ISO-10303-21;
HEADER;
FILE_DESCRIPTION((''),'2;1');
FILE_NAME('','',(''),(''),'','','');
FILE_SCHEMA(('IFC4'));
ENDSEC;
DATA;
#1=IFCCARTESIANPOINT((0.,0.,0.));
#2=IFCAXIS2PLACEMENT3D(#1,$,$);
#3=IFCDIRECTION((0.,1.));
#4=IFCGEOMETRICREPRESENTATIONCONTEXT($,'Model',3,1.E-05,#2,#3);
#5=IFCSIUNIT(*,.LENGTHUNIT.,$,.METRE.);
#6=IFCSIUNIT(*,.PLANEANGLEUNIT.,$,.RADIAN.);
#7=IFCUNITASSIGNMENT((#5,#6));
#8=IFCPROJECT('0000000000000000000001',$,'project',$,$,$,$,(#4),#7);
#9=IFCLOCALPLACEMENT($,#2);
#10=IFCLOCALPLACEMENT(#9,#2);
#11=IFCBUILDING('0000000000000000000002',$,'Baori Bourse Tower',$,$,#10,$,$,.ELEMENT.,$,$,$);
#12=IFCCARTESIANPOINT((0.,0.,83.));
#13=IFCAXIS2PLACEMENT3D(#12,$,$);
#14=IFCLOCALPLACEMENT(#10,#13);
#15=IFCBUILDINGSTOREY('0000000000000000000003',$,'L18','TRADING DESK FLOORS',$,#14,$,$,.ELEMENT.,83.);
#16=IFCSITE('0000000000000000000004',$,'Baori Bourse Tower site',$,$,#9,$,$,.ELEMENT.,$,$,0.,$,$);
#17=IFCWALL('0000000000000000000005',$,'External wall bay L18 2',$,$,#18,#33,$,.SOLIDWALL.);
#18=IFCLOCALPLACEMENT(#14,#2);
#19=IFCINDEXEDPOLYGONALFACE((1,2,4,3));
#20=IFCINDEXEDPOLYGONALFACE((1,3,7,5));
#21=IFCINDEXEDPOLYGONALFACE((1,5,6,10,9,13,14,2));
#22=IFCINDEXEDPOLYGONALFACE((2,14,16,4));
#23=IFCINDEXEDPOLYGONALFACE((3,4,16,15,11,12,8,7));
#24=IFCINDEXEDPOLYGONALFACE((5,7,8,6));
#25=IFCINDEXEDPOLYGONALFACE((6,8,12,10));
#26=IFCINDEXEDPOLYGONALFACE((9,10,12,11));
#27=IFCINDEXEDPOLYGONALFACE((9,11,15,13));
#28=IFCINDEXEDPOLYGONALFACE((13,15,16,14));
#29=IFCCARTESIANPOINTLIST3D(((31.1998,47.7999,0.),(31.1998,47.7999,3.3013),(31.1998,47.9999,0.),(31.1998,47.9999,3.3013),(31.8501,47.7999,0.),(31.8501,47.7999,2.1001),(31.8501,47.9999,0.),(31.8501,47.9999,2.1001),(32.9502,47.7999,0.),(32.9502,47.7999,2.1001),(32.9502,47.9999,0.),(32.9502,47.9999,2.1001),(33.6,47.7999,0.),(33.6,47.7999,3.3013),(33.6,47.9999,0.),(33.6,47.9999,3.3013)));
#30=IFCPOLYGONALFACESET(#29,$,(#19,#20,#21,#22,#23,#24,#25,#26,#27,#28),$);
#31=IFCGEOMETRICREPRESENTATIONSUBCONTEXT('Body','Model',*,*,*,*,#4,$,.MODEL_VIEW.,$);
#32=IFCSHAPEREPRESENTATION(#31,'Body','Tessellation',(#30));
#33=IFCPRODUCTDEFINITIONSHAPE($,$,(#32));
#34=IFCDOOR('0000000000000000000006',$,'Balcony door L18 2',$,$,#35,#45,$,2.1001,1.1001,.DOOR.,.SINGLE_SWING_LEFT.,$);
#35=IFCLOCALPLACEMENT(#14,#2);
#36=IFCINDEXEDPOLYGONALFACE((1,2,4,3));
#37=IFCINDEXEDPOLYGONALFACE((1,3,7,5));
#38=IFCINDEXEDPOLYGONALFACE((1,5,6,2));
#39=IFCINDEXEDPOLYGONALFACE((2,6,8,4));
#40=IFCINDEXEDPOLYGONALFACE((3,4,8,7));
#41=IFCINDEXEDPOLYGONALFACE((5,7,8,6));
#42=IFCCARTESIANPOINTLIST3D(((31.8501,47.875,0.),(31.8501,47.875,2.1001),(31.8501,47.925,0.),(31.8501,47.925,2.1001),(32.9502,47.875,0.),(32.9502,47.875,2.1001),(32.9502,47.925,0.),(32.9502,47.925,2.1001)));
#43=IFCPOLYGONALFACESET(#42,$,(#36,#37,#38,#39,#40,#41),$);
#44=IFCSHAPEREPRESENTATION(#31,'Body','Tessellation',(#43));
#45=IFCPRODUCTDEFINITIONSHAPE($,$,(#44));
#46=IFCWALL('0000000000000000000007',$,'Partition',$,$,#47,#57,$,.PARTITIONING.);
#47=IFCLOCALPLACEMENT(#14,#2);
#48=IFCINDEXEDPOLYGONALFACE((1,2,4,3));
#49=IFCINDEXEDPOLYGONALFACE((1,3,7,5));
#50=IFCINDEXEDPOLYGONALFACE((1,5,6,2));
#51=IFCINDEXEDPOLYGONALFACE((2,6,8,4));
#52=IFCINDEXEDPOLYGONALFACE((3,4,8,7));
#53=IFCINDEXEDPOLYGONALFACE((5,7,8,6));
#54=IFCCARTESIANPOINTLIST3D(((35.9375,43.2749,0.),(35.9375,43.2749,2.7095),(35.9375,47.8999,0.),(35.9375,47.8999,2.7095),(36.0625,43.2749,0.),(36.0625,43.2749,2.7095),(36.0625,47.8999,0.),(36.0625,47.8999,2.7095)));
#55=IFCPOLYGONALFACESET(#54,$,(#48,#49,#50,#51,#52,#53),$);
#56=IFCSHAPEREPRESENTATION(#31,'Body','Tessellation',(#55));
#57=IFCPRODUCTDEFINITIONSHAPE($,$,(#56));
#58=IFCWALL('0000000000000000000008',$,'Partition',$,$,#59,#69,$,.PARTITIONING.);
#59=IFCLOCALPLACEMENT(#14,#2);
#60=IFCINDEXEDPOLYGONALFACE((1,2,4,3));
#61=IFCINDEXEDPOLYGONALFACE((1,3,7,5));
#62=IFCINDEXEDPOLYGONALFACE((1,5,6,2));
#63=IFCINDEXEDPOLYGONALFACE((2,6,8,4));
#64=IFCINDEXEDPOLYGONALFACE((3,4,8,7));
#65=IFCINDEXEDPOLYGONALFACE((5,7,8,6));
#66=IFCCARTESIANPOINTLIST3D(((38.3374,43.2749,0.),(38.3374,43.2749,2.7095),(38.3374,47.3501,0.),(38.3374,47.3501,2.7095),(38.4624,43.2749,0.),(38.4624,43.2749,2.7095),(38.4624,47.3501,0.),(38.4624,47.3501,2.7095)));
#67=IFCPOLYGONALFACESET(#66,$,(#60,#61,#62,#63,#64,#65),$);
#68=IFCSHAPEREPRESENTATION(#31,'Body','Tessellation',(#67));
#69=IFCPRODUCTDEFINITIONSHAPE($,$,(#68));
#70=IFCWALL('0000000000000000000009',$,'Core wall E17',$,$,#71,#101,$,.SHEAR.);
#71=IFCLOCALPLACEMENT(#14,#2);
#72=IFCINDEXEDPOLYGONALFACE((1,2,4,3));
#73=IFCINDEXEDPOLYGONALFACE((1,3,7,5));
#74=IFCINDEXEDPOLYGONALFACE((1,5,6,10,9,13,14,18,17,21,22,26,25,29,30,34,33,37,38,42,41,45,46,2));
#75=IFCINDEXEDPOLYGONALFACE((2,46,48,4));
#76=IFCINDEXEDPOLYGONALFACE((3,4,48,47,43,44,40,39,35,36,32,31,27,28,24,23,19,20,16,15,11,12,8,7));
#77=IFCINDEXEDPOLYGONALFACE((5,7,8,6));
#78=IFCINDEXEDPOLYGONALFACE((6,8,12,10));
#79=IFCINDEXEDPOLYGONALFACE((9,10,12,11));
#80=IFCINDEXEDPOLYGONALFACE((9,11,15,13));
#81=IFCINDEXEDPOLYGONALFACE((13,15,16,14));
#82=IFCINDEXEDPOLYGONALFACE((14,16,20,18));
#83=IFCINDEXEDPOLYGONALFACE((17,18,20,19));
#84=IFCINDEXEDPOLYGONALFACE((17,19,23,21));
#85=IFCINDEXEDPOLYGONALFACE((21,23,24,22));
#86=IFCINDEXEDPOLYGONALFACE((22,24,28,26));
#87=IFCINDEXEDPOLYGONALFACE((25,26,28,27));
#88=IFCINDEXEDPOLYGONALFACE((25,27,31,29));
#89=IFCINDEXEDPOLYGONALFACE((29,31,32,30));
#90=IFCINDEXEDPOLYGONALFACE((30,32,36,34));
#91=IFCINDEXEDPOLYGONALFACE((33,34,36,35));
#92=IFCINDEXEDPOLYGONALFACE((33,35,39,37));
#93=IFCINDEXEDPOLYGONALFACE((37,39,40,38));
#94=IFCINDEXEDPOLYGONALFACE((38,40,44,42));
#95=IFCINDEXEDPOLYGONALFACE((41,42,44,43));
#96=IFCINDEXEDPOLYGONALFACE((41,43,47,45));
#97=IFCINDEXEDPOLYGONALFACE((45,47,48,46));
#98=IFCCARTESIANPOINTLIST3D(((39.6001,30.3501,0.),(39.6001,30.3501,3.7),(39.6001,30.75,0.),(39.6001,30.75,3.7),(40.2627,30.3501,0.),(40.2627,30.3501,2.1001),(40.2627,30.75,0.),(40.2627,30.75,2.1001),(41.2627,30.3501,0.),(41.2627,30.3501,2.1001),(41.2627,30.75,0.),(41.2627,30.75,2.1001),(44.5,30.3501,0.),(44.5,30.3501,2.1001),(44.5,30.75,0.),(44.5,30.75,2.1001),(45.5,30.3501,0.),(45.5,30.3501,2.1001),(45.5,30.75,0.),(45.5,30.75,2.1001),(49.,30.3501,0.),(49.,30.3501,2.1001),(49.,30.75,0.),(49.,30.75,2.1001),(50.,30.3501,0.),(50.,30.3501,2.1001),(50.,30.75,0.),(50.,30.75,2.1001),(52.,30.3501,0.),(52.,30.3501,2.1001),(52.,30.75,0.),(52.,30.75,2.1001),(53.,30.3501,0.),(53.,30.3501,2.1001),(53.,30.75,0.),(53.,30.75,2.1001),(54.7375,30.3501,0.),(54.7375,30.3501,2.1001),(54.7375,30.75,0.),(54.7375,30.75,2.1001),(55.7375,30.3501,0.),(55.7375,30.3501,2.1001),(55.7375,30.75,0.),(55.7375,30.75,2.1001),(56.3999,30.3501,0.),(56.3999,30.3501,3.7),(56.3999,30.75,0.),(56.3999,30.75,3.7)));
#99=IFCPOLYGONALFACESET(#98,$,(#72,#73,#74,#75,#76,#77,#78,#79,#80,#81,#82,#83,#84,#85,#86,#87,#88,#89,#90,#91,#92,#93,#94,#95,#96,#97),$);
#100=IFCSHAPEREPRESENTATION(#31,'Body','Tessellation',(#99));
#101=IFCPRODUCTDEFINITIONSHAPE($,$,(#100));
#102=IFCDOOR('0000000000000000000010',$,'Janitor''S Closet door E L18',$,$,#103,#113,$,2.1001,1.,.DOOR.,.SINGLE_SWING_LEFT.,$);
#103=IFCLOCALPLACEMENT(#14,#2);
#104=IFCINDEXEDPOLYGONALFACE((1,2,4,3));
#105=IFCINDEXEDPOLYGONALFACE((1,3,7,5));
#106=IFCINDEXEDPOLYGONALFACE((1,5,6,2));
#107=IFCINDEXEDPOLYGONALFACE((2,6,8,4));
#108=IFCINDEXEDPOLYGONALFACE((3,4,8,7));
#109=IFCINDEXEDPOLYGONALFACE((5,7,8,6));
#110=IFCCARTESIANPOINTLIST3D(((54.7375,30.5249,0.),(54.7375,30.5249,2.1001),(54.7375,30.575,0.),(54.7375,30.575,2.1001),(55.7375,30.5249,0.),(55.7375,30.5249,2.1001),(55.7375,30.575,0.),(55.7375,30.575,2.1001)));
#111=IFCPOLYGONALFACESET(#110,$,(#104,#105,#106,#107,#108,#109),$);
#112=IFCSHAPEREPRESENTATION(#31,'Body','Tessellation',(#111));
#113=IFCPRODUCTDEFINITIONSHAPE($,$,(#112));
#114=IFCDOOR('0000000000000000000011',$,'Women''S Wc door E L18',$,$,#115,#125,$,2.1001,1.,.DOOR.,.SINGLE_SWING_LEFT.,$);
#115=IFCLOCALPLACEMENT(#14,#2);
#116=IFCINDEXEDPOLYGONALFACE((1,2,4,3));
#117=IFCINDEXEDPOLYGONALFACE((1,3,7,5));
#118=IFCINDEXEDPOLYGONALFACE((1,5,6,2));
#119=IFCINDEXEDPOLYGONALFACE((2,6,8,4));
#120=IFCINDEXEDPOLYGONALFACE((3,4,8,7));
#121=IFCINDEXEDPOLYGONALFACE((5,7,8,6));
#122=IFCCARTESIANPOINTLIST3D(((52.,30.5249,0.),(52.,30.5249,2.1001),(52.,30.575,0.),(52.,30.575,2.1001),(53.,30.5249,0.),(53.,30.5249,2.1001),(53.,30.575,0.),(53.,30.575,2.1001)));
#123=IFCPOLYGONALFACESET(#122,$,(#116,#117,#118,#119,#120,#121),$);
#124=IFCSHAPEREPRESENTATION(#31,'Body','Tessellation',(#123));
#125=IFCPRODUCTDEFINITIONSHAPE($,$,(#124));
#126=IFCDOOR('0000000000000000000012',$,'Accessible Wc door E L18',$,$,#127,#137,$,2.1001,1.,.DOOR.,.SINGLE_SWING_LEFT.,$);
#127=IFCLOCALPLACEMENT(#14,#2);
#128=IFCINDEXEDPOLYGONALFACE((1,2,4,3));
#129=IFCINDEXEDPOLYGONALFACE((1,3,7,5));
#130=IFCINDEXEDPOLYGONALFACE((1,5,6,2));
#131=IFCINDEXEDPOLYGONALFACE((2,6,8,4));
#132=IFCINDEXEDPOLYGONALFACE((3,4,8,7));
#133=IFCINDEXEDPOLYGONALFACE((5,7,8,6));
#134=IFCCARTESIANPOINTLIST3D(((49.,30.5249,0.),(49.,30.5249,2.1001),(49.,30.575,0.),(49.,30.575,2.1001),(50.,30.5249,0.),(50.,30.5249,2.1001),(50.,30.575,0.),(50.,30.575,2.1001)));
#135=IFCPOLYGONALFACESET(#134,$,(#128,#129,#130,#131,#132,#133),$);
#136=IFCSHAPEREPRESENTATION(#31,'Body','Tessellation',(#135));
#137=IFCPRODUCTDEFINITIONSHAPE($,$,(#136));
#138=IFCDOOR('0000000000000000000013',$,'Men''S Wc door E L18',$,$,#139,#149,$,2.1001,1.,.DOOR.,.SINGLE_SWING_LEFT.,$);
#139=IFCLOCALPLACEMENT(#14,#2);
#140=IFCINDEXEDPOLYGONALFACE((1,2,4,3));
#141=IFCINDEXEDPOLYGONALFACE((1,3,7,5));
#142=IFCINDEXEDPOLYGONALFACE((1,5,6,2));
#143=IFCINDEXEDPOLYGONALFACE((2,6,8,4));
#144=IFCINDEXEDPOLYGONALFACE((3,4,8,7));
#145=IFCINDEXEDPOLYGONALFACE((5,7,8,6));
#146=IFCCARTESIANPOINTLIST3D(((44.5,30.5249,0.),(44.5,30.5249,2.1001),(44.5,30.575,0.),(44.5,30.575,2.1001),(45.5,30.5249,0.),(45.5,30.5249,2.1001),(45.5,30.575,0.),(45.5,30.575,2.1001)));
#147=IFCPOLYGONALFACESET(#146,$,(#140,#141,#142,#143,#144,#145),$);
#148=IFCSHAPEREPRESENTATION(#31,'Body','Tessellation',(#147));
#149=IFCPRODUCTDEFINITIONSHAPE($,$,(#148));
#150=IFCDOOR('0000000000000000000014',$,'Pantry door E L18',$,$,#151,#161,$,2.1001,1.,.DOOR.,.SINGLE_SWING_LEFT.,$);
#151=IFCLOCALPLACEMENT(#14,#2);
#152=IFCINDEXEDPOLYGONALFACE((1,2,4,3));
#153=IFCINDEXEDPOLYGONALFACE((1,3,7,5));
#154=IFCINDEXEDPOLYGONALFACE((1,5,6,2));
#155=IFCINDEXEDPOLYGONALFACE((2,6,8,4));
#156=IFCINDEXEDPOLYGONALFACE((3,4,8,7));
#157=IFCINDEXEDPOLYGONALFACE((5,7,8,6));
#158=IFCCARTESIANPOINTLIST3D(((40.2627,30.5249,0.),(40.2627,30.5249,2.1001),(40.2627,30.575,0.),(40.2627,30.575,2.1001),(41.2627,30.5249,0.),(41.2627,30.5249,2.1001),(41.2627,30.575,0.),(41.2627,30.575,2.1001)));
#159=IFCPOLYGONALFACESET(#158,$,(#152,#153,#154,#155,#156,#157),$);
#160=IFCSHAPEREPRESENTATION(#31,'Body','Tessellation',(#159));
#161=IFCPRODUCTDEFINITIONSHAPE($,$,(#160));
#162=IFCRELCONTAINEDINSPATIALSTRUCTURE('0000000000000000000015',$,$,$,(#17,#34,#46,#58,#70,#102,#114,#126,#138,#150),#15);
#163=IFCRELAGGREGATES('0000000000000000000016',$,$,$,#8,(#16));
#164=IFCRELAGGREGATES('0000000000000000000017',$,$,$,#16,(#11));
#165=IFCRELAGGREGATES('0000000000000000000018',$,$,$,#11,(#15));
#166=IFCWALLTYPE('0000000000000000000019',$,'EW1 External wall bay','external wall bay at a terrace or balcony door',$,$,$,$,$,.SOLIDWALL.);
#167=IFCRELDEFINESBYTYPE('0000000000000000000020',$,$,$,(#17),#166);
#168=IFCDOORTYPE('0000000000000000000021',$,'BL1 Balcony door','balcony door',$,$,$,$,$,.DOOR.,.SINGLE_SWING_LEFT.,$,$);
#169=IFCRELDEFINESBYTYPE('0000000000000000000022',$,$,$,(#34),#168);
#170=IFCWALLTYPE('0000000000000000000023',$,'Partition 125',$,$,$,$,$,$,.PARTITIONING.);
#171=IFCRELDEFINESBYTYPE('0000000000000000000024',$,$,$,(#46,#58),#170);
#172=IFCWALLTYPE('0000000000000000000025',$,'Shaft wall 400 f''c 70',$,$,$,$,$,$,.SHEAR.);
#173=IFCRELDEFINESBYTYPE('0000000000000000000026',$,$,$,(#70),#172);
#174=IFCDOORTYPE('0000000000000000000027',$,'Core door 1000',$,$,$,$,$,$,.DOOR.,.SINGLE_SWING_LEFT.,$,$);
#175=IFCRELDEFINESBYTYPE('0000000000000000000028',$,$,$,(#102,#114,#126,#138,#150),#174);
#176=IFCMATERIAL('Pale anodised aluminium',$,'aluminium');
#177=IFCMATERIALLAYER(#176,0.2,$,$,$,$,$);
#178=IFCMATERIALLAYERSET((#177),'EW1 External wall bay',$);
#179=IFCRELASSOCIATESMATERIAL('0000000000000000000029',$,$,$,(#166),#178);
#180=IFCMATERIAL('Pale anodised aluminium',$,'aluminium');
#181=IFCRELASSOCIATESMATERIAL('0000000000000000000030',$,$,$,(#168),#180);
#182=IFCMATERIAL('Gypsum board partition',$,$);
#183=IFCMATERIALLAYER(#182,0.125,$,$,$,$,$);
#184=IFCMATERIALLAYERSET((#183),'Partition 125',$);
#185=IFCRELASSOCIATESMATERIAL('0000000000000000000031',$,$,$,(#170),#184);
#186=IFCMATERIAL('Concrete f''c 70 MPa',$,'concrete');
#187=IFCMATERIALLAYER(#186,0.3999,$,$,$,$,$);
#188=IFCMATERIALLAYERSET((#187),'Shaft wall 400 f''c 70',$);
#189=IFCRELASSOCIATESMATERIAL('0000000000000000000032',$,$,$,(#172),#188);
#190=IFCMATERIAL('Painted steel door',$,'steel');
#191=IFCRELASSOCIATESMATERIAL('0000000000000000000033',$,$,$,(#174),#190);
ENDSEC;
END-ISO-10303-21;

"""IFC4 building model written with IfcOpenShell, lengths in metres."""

from ifc_helpers import new_model, si_unit, direction, frame, frame_2d, origin, place, context, subcontext, project, spatial, rectangle, extrude, material, layer, layer_set, type_object, element, fill, save


model = new_model("IFC4")

# Units and contexts
model_context = context("Model", 3, precision=1e-05, world=origin(), true_north=direction((0.0, 1.0)))
body_context = subcontext(model_context, "Body", "Model", "MODEL_VIEW")
ifc_project = project(units=[si_unit("LENGTHUNIT", "METRE"), si_unit("PLANEANGLEUNIT", "RADIAN")], contexts=[model_context])

# Site, building, storey
site_placement = place(None, origin())
site = spatial("IfcSite", under=ifc_project, at=site_placement, Name="Baori Bourse Tower site", CompositionType="ELEMENT", RefElevation=0.0)
building_placement = place(site_placement, origin())
building = spatial("IfcBuilding", under=site, at=building_placement, Name="Baori Bourse Tower", CompositionType="ELEMENT")
storey_placement = place(building_placement, frame((0.0, 0.0, 83.0)))
storey = spatial("IfcBuildingStorey", under=building, at=storey_placement, Name="L18", Description="TRADING DESK FLOORS", CompositionType="ELEMENT", Elevation=83.0)

# Wall, opening, door
ifc_material_1 = material(Name="Pale anodised aluminium", Category="aluminium")
ifc_layer_1 = layer(ifc_material_1, 0.2)
ifc_layer_set_1 = layer_set([ifc_layer_1], Name="EW1 External wall bay")
wall_type_1 = type_object("IfcWallType", Name="EW1 External wall bay", Description="external wall bay at a terrace or balcony door", PredefinedType="SOLIDWALL", material=ifc_layer_set_1)
wall_1_placement = place(storey_placement, frame((33.6001, 47.8999, 0.0), z_axis=(0.0, 0.0, 1.0), x_axis=(-1.0, 0.0, 0.0)))
wall_1 = element("IfcWall", 1, at=wall_1_placement, inside=storey, type_object=wall_type_1, Name="External wall bay L18 2", PredefinedType="SOLIDWALL", context=body_context, shape_type="SweptSolid", body=[
    extrude(rectangle(XDim=2.4001, YDim=0.2, at=frame_2d((1.2002, 0.0))), origin(), (0.0, 0.0, 1.0), 3.3013),
])
opening_1_placement = place(wall_1_placement, frame((0.6499, 0.0, 0.0)))
opening_1 = element("IfcOpeningElement", 2, at=opening_1_placement, cuts=wall_1, PredefinedType="OPENING", context=body_context, shape_type="SweptSolid", body=[
    extrude(rectangle(XDim=1.1001, YDim=2.1001, at=frame_2d((0.55, 1.05))), frame((0.0, 0.1099, 0.0), z_axis=(0.0, -1.0, 0.0), x_axis=(1.0, 0.0, 0.0)), (0.0, 0.0, 1.0), 0.22),
])
ifc_material_2 = material(Name="Pale anodised aluminium", Category="aluminium")
door_type_1 = type_object("IfcDoorType", Name="BL1 Balcony door", Description="balcony door", OperationType="SINGLE_SWING_LEFT", PredefinedType="DOOR", material=ifc_material_2)
door_1_placement = place(opening_1_placement, origin())
door_1 = element("IfcDoor", 3, at=door_1_placement, inside=storey, type_object=door_type_1, Name="Balcony door L18 2", OperationType="SINGLE_SWING_LEFT", OverallHeight=2.1001, OverallWidth=1.1001, PredefinedType="DOOR", context=body_context, shape_type="SweptSolid", body=[
    extrude(rectangle(XDim=1.1001, YDim=2.1001, at=frame_2d((0.55, 1.05))), frame((0.0, 0.0249, 0.0), z_axis=(0.0, -1.0, 0.0), x_axis=(1.0, 0.0, 0.0)), (0.0, 0.0, 1.0), 0.05),
])
fill(opening_1, door_1)

# Walls
ifc_material_3 = material(Name="Gypsum board partition")
ifc_layer_2 = layer(ifc_material_3, 0.125)
ifc_layer_set_2 = layer_set([ifc_layer_2], Name="Partition 125")
wall_type_2 = type_object("IfcWallType", Name="Partition 125", PredefinedType="PARTITIONING", material=ifc_layer_set_2)
wall_2_placement = place(storey_placement, frame((36.0, 43.2749, 0.0), z_axis=(0.0, 0.0, 1.0), x_axis=(0.0, 1.0, 0.0)))
element("IfcWall", 4, at=wall_2_placement, inside=storey, type_object=wall_type_2, Name="Partition", PredefinedType="PARTITIONING", context=body_context, shape_type="SweptSolid", body=[
    extrude(rectangle(XDim=4.625, YDim=0.125, at=frame_2d((2.3125, 0.0))), origin(), (0.0, 0.0, 1.0), 2.7095),
])
wall_3_placement = place(storey_placement, frame((38.3999, 43.2749, 0.0), z_axis=(0.0, 0.0, 1.0), x_axis=(0.0, 1.0, 0.0)))
element("IfcWall", 5, at=wall_3_placement, inside=storey, type_object=wall_type_2, Name="Partition", PredefinedType="PARTITIONING", context=body_context, shape_type="SweptSolid", body=[
    extrude(rectangle(XDim=4.0752, YDim=0.125, at=frame_2d((2.0376, 0.0))), origin(), (0.0, 0.0, 1.0), 2.7095),
])

# Wall, openings, doors
ifc_material_4 = material(Name="Concrete f'c 70 MPa", Category="concrete")
ifc_layer_3 = layer(ifc_material_4, 0.3999)
ifc_layer_set_3 = layer_set([ifc_layer_3], Name="Shaft wall 400 f'c 70")
wall_type_3 = type_object("IfcWallType", Name="Shaft wall 400 f'c 70", PredefinedType="SHEAR", material=ifc_layer_set_3)
wall_4_placement = place(storey_placement, frame((39.6001, 30.55, 0.0), z_axis=(0.0, 0.0, 1.0), x_axis=(1.0, 0.0, 0.0)))
wall_4 = element("IfcWall", 6, at=wall_4_placement, inside=storey, type_object=wall_type_3, Name="Core wall E17", PredefinedType="SHEAR", context=body_context, shape_type="SweptSolid", body=[
    extrude(rectangle(XDim=16.7998, YDim=0.3999, at=frame_2d((8.3999, 0.0))), origin(), (0.0, 0.0, 1.0), 3.7),
])
opening_2_placement = place(wall_4_placement, frame((15.1375, 0.0, 0.0)))
opening_2 = element("IfcOpeningElement", 7, at=opening_2_placement, cuts=wall_4, PredefinedType="OPENING", context=body_context, shape_type="SweptSolid", body=[
    extrude(rectangle(XDim=1.0, YDim=2.1001, at=frame_2d((0.5, 1.05))), frame((0.0, 0.21, 0.0), z_axis=(0.0, -1.0, 0.0), x_axis=(1.0, 0.0, 0.0)), (0.0, 0.0, 1.0), 0.4199),
])
opening_3_placement = place(wall_4_placement, frame((12.3999, 0.0, 0.0)))
opening_3 = element("IfcOpeningElement", 8, at=opening_3_placement, cuts=wall_4, PredefinedType="OPENING", context=body_context, shape_type="SweptSolid", body=[
    extrude(rectangle(XDim=1.0, YDim=2.1001, at=frame_2d((0.5, 1.05))), frame((0.0, 0.21, 0.0), z_axis=(0.0, -1.0, 0.0), x_axis=(1.0, 0.0, 0.0)), (0.0, 0.0, 1.0), 0.4199),
])
opening_4_placement = place(wall_4_placement, frame((9.3999, 0.0, 0.0)))
opening_4 = element("IfcOpeningElement", 9, at=opening_4_placement, cuts=wall_4, PredefinedType="OPENING", context=body_context, shape_type="SweptSolid", body=[
    extrude(rectangle(XDim=1.0, YDim=2.1001, at=frame_2d((0.5, 1.05))), frame((0.0, 0.21, 0.0), z_axis=(0.0, -1.0, 0.0), x_axis=(1.0, 0.0, 0.0)), (0.0, 0.0, 1.0), 0.4199),
])
opening_5_placement = place(wall_4_placement, frame((4.8999, 0.0, 0.0)))
opening_5 = element("IfcOpeningElement", 10, at=opening_5_placement, cuts=wall_4, PredefinedType="OPENING", context=body_context, shape_type="SweptSolid", body=[
    extrude(rectangle(XDim=1.0, YDim=2.1001, at=frame_2d((0.5, 1.05))), frame((0.0, 0.21, 0.0), z_axis=(0.0, -1.0, 0.0), x_axis=(1.0, 0.0, 0.0)), (0.0, 0.0, 1.0), 0.4199),
])
opening_6_placement = place(wall_4_placement, frame((0.6626, 0.0, 0.0)))
opening_6 = element("IfcOpeningElement", 11, at=opening_6_placement, cuts=wall_4, PredefinedType="OPENING", context=body_context, shape_type="SweptSolid", body=[
    extrude(rectangle(XDim=1.0, YDim=2.1001, at=frame_2d((0.5, 1.05))), frame((0.0, 0.21, 0.0), z_axis=(0.0, -1.0, 0.0), x_axis=(1.0, 0.0, 0.0)), (0.0, 0.0, 1.0), 0.4199),
])
ifc_material_5 = material(Name="Painted steel door", Category="steel")
door_type_2 = type_object("IfcDoorType", Name="Core door 1000", OperationType="SINGLE_SWING_LEFT", PredefinedType="DOOR", material=ifc_material_5)
door_2_placement = place(opening_2_placement, origin())
door_2 = element("IfcDoor", 12, at=door_2_placement, inside=storey, type_object=door_type_2, Name="Janitor'S Closet door E L18", OperationType="SINGLE_SWING_LEFT", OverallHeight=2.1001, OverallWidth=1.0, PredefinedType="DOOR", context=body_context, shape_type="SweptSolid", body=[
    extrude(rectangle(XDim=1.0, YDim=2.1001, at=frame_2d((0.5, 1.05))), frame((0.0, 0.0249, 0.0), z_axis=(0.0, -1.0, 0.0), x_axis=(1.0, 0.0, 0.0)), (0.0, 0.0, 1.0), 0.05),
])
fill(opening_2, door_2)
door_3_placement = place(opening_3_placement, origin())
door_3 = element("IfcDoor", 13, at=door_3_placement, inside=storey, type_object=door_type_2, Name="Women'S Wc door E L18", OperationType="SINGLE_SWING_LEFT", OverallHeight=2.1001, OverallWidth=1.0, PredefinedType="DOOR", context=body_context, shape_type="SweptSolid", body=[
    extrude(rectangle(XDim=1.0, YDim=2.1001, at=frame_2d((0.5, 1.05))), frame((0.0, 0.0249, 0.0), z_axis=(0.0, -1.0, 0.0), x_axis=(1.0, 0.0, 0.0)), (0.0, 0.0, 1.0), 0.05),
])
fill(opening_3, door_3)
door_4_placement = place(opening_4_placement, origin())
door_4 = element("IfcDoor", 14, at=door_4_placement, inside=storey, type_object=door_type_2, Name="Accessible Wc door E L18", OperationType="SINGLE_SWING_LEFT", OverallHeight=2.1001, OverallWidth=1.0, PredefinedType="DOOR", context=body_context, shape_type="SweptSolid", body=[
    extrude(rectangle(XDim=1.0, YDim=2.1001, at=frame_2d((0.5, 1.05))), frame((0.0, 0.0249, 0.0), z_axis=(0.0, -1.0, 0.0), x_axis=(1.0, 0.0, 0.0)), (0.0, 0.0, 1.0), 0.05),
])
fill(opening_4, door_4)
door_5_placement = place(opening_5_placement, origin())
door_5 = element("IfcDoor", 15, at=door_5_placement, inside=storey, type_object=door_type_2, Name="Men'S Wc door E L18", OperationType="SINGLE_SWING_LEFT", OverallHeight=2.1001, OverallWidth=1.0, PredefinedType="DOOR", context=body_context, shape_type="SweptSolid", body=[
    extrude(rectangle(XDim=1.0, YDim=2.1001, at=frame_2d((0.5, 1.05))), frame((0.0, 0.0249, 0.0), z_axis=(0.0, -1.0, 0.0), x_axis=(1.0, 0.0, 0.0)), (0.0, 0.0, 1.0), 0.05),
])
fill(opening_5, door_5)
door_6_placement = place(opening_6_placement, origin())
door_6 = element("IfcDoor", 16, at=door_6_placement, inside=storey, type_object=door_type_2, Name="Pantry door E L18", OperationType="SINGLE_SWING_LEFT", OverallHeight=2.1001, OverallWidth=1.0, PredefinedType="DOOR", context=body_context, shape_type="SweptSolid", body=[
    extrude(rectangle(XDim=1.0, YDim=2.1001, at=frame_2d((0.5, 1.05))), frame((0.0, 0.0249, 0.0), z_axis=(0.0, -1.0, 0.0), x_axis=(1.0, 0.0, 0.0)), (0.0, 0.0, 1.0), 0.05),
])
fill(opening_6, door_6)

save(model, "model.ifc")
